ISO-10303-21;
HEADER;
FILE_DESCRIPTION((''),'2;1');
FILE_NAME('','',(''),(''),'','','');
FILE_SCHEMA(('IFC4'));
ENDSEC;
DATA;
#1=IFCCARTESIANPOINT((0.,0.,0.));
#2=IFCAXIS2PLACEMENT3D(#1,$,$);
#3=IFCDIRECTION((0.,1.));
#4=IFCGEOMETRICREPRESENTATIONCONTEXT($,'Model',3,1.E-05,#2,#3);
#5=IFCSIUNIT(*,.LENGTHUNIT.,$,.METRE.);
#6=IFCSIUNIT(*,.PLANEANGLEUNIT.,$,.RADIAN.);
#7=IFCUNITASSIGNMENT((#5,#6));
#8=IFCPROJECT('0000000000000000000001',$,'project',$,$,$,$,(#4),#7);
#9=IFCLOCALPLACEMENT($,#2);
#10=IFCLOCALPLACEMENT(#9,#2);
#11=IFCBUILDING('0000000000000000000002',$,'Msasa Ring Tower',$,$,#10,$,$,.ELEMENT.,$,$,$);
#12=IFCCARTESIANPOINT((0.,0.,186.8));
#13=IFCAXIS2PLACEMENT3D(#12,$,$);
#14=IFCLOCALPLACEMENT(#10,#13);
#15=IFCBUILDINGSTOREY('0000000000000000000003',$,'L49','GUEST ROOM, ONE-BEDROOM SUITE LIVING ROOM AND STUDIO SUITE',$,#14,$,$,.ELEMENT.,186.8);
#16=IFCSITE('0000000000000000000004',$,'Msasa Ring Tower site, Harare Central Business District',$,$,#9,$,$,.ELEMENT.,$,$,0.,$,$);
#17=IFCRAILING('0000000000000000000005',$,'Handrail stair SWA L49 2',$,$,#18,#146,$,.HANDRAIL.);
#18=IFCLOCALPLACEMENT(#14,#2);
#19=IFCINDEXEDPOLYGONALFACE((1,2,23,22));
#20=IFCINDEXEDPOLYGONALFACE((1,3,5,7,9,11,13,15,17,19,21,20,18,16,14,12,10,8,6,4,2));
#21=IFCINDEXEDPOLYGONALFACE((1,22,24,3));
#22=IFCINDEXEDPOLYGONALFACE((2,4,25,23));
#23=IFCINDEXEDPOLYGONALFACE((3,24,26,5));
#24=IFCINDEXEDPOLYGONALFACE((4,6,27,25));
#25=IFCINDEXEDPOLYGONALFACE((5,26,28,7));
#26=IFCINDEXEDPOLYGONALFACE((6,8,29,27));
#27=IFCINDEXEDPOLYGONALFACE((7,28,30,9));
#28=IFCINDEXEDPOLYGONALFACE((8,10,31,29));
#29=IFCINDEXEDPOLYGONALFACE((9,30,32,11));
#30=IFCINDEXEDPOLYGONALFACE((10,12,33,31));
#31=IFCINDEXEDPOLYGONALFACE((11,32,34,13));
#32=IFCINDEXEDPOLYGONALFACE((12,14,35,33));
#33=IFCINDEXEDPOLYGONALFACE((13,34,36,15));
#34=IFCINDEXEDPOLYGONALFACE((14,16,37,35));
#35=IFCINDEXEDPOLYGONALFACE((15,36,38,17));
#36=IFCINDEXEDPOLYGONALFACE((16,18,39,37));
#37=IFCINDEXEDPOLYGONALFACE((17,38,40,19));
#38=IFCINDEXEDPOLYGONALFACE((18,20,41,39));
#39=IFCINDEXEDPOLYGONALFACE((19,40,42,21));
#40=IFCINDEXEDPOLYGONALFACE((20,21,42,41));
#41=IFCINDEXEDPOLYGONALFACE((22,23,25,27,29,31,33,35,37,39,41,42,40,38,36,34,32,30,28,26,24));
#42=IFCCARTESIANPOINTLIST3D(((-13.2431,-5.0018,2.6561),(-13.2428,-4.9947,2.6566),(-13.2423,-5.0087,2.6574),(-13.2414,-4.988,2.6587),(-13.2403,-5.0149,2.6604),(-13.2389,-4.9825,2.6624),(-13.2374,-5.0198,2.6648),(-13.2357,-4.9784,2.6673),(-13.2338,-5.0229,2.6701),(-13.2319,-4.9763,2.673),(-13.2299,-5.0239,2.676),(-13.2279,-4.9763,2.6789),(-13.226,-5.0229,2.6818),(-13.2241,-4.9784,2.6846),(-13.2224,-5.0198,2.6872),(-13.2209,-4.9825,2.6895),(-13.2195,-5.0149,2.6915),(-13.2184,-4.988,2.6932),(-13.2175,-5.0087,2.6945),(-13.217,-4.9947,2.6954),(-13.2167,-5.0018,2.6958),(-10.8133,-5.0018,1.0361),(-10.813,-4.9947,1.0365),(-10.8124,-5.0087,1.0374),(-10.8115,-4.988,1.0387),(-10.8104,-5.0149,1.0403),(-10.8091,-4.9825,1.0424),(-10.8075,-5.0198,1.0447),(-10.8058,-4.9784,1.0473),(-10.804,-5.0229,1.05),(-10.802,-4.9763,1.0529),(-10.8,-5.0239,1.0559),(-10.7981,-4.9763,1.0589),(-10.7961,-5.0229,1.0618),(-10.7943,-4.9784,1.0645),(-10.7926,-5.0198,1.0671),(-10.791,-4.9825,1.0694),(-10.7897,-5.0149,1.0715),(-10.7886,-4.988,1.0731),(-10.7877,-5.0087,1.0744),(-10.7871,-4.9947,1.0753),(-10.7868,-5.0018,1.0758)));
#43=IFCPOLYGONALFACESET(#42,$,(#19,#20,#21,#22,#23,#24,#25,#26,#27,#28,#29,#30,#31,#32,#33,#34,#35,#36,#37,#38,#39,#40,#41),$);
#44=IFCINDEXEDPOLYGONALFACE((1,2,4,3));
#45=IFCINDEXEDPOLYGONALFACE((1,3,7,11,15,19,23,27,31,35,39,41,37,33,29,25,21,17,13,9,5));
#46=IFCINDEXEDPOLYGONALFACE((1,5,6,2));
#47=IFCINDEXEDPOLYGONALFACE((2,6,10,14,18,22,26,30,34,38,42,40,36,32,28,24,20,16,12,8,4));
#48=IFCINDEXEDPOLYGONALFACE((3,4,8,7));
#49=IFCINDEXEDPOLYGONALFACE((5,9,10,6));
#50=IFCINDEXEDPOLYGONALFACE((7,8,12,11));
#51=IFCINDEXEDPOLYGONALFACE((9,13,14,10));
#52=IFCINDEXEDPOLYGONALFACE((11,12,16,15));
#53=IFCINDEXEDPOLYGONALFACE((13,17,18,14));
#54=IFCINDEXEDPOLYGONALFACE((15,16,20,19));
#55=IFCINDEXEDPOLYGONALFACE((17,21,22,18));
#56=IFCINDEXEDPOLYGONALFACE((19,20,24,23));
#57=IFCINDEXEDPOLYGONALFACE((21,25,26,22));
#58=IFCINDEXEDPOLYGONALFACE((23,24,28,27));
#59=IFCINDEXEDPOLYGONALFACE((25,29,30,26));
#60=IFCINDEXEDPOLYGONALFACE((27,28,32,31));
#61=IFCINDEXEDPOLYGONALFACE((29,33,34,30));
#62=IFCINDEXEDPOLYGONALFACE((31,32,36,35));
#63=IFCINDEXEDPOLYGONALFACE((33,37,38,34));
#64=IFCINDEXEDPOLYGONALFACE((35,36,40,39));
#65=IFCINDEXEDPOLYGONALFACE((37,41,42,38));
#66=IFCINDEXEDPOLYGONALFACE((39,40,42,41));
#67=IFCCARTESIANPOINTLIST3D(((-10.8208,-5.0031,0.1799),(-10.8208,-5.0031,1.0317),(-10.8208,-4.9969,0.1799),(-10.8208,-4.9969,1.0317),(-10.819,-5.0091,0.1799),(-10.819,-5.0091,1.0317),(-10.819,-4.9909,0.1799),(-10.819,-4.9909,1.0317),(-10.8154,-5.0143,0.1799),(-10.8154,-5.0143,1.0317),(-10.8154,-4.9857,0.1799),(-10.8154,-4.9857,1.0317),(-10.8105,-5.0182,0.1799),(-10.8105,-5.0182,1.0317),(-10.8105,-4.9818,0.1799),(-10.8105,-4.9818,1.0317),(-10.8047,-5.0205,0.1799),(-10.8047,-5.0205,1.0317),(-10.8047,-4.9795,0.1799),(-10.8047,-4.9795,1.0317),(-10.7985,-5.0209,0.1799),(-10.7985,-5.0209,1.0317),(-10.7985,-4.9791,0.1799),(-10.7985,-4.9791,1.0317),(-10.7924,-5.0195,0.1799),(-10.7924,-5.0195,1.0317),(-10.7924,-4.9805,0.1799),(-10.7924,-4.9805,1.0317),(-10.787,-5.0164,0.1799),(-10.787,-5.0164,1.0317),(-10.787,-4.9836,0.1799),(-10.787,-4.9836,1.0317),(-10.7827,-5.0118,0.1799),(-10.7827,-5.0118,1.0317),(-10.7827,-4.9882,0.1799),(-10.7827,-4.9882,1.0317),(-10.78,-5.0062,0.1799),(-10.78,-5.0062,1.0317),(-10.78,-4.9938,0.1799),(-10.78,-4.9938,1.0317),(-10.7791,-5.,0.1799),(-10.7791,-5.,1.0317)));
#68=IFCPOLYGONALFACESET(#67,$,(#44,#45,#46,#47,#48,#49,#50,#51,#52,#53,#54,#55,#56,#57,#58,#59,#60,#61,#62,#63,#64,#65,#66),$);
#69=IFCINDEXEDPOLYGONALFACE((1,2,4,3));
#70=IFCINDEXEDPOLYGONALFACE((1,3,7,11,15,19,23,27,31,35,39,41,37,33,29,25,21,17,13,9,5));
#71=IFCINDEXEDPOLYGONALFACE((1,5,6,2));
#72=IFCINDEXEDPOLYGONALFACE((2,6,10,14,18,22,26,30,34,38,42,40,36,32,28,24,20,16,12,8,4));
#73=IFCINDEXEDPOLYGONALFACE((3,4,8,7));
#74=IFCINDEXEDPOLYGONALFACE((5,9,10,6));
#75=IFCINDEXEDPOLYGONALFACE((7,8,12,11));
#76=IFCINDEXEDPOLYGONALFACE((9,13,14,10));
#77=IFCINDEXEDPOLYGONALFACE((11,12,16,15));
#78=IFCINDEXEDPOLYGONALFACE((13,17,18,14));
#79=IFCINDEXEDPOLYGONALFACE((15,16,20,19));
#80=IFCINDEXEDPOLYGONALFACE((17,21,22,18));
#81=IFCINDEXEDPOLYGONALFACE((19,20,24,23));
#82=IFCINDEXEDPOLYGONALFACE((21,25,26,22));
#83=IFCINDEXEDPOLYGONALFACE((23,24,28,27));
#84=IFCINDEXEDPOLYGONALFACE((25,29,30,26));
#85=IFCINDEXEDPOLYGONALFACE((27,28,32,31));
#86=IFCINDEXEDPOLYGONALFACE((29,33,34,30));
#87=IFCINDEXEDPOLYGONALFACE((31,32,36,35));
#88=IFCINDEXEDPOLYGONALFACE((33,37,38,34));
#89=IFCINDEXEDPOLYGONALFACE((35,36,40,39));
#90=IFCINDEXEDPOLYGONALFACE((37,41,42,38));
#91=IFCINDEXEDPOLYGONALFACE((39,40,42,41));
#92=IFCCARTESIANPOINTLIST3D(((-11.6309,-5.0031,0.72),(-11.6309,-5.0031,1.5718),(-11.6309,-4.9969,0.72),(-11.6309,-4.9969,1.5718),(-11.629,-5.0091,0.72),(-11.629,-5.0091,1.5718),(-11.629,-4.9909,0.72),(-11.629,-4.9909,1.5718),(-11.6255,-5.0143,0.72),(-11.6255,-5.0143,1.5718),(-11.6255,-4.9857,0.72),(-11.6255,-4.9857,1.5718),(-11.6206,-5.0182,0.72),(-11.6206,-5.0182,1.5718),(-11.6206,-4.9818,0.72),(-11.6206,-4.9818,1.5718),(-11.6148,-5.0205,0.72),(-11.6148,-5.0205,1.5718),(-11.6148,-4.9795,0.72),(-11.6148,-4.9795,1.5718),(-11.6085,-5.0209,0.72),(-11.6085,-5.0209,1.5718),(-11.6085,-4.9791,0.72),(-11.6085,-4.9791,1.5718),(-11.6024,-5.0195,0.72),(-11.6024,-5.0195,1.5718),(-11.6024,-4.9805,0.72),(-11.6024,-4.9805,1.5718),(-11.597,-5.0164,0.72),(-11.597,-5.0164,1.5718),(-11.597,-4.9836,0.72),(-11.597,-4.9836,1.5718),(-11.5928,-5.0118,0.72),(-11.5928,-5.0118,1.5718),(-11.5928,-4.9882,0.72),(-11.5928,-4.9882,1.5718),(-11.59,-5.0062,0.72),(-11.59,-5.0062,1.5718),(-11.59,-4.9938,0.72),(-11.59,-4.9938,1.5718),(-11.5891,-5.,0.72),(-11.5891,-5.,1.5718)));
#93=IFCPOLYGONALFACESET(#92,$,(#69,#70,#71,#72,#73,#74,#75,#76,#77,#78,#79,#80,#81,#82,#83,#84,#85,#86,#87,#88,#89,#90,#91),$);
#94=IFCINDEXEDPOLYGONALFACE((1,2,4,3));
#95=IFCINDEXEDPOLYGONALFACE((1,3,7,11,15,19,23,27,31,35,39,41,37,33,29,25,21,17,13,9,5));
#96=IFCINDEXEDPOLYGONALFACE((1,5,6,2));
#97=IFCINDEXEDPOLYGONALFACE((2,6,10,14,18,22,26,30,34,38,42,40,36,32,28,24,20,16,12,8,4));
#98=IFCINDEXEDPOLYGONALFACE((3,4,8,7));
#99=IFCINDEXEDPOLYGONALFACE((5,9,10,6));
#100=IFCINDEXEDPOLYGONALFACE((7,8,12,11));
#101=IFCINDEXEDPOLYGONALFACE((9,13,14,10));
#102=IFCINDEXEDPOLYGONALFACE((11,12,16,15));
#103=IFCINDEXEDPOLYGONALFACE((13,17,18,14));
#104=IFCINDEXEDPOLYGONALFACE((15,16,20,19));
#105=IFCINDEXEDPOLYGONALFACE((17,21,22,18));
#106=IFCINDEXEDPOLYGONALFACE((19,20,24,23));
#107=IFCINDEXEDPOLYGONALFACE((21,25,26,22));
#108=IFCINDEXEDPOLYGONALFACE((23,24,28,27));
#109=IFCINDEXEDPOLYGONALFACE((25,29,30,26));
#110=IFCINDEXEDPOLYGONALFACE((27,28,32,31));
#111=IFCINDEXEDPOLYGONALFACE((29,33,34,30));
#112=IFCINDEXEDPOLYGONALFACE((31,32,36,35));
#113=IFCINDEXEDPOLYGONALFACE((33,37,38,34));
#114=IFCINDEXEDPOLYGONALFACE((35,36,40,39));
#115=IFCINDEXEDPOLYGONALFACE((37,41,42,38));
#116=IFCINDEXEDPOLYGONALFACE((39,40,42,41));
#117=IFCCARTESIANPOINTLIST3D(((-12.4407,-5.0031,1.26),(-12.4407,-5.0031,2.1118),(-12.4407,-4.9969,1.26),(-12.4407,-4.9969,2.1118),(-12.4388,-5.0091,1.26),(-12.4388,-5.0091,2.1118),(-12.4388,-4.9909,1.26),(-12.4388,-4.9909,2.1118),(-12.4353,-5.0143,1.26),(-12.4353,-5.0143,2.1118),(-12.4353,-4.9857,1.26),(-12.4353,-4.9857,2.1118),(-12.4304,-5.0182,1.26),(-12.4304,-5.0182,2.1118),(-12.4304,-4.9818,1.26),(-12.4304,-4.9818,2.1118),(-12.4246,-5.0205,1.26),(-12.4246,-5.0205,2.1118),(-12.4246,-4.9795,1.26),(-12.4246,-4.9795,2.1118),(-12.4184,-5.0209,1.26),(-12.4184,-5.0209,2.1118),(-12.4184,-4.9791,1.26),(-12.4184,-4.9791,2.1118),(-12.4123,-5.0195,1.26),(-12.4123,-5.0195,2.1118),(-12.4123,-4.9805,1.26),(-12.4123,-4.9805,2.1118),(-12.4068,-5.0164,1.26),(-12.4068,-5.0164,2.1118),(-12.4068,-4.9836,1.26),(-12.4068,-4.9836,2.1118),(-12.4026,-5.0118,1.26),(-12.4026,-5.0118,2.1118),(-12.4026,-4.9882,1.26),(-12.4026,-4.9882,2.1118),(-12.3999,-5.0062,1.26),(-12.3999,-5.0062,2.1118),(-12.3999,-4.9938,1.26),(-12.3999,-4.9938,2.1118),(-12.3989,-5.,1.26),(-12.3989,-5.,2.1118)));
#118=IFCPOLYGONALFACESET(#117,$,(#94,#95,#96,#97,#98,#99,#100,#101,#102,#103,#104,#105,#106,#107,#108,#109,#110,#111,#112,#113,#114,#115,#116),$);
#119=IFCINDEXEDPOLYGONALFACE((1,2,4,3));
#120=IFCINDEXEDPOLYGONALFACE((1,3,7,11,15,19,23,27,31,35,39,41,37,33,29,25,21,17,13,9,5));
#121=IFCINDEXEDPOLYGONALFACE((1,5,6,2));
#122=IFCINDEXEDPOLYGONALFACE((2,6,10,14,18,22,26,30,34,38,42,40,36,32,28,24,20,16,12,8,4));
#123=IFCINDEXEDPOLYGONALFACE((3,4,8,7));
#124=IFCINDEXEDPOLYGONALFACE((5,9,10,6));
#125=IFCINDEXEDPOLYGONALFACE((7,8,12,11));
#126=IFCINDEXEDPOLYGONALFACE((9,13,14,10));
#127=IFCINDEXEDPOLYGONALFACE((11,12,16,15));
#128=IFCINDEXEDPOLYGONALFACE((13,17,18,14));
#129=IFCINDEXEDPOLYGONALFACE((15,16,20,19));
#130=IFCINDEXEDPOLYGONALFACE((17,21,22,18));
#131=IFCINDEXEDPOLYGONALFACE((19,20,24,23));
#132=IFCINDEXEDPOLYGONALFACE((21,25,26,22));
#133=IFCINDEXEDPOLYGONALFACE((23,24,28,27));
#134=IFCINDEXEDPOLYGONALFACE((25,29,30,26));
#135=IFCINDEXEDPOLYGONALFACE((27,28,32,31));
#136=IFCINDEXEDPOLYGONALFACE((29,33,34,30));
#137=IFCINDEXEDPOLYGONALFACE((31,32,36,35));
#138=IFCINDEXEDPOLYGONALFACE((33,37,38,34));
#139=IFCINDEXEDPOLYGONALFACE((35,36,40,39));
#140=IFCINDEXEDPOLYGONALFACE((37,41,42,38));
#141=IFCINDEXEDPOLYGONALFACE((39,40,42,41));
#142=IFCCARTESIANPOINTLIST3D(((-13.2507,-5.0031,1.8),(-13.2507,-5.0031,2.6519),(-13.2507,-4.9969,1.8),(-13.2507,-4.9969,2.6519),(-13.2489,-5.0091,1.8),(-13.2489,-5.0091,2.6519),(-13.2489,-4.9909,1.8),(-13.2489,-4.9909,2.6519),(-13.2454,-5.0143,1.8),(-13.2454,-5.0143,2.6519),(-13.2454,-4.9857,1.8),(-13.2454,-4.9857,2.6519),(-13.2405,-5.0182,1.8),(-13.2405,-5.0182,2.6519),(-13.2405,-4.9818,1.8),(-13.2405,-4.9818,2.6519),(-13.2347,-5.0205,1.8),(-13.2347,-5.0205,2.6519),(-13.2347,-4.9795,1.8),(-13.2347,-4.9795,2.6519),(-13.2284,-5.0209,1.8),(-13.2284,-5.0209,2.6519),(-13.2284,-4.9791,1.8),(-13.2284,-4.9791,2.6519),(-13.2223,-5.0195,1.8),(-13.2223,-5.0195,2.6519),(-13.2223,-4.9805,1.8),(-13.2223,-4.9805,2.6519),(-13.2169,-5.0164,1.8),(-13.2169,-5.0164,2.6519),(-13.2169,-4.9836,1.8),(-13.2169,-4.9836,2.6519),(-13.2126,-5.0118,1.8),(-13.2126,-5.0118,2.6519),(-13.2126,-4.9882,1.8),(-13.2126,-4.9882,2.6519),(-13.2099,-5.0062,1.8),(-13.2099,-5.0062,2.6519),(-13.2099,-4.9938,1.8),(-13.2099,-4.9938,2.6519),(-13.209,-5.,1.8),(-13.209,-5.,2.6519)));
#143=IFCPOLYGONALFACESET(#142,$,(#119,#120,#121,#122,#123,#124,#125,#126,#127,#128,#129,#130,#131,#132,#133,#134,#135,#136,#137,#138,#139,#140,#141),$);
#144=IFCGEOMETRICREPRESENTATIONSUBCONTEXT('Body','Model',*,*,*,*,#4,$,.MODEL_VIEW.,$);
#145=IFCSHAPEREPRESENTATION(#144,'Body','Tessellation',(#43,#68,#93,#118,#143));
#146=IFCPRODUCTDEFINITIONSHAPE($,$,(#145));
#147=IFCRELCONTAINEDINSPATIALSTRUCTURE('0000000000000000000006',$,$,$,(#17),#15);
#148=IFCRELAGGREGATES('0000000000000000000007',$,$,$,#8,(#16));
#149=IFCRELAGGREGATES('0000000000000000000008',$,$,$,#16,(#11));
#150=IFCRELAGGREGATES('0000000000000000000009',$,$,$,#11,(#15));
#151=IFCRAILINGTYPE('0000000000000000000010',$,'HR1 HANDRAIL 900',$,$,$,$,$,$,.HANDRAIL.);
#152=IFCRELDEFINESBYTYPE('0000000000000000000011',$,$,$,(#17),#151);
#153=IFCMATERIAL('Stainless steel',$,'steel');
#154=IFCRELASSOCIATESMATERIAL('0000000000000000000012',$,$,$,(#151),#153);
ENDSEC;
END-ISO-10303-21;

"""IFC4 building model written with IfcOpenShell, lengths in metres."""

from ifc_helpers import new_model, si_unit, direction, frame, origin, origin_2d, place, context, subcontext, project, spatial, circle, extrude, material, type_object, element, save


model = new_model("IFC4")

# Units and contexts
model_context = context("Model", 3, precision=1e-05, world=origin(), true_north=direction((0.0, 1.0)))
body_context = subcontext(model_context, "Body", "Model", "MODEL_VIEW")
ifc_project = project(units=[si_unit("LENGTHUNIT", "METRE"), si_unit("PLANEANGLEUNIT", "RADIAN")], contexts=[model_context])

# Site, building, storey
site_placement = place(None, origin())
site = spatial("IfcSite", under=ifc_project, at=site_placement, Name="Msasa Ring Tower site, Harare Central Business District", CompositionType="ELEMENT", RefElevation=0.0)
building_placement = place(site_placement, origin())
building = spatial("IfcBuilding", under=site, at=building_placement, Name="Msasa Ring Tower", CompositionType="ELEMENT")
storey_placement = place(building_placement, frame((0.0, 0.0, 186.8)))
storey = spatial("IfcBuildingStorey", under=building, at=storey_placement, Name="L49", Description="GUEST ROOM, ONE-BEDROOM SUITE LIVING ROOM AND STUDIO SUITE", CompositionType="ELEMENT", Elevation=186.8)

# Railing
ifc_material_1 = material(Name="Stainless steel", Category="steel")
railing_type = type_object("IfcRailingType", Name="HR1 HANDRAIL 900", PredefinedType="HANDRAIL", material=ifc_material_1)
for number, where, name in (
    (1, (-10.8, -5.0, 0.1799), "Handrail stair SWA L49 2"),
):
    element("IfcRailing", number, at=place(storey_placement, frame(where)), inside=storey, type_object=railing_type, Name=name, PredefinedType="HANDRAIL", context=body_context, shape_type="SweptSolid", body=[
        extrude(circle(Radius=0.0239, at=origin_2d()), frame((0.0, 0.0, 0.876), z_axis=(-0.832025, 0.0, 0.554739), x_axis=(0.0, -1.0, 0.0)), (0.0, 0.0, 1.0), 2.9204),
        extrude(circle(Radius=0.021, at=origin_2d()), origin(), (0.0, 0.0, 1.0), 0.8518),
        extrude(circle(Radius=0.021, at=origin_2d()), frame((-0.8101, 0.0, 0.54)), (0.0, 0.0, 1.0), 0.8518),
        extrude(circle(Radius=0.021, at=origin_2d()), frame((-1.6199, 0.0, 1.0801)), (0.0, 0.0, 1.0), 0.8518),
        extrude(circle(Radius=0.021, at=origin_2d()), frame((-2.4299, 0.0, 1.6201)), (0.0, 0.0, 1.0), 0.8518),
    ])

save(model, "model.ifc")
